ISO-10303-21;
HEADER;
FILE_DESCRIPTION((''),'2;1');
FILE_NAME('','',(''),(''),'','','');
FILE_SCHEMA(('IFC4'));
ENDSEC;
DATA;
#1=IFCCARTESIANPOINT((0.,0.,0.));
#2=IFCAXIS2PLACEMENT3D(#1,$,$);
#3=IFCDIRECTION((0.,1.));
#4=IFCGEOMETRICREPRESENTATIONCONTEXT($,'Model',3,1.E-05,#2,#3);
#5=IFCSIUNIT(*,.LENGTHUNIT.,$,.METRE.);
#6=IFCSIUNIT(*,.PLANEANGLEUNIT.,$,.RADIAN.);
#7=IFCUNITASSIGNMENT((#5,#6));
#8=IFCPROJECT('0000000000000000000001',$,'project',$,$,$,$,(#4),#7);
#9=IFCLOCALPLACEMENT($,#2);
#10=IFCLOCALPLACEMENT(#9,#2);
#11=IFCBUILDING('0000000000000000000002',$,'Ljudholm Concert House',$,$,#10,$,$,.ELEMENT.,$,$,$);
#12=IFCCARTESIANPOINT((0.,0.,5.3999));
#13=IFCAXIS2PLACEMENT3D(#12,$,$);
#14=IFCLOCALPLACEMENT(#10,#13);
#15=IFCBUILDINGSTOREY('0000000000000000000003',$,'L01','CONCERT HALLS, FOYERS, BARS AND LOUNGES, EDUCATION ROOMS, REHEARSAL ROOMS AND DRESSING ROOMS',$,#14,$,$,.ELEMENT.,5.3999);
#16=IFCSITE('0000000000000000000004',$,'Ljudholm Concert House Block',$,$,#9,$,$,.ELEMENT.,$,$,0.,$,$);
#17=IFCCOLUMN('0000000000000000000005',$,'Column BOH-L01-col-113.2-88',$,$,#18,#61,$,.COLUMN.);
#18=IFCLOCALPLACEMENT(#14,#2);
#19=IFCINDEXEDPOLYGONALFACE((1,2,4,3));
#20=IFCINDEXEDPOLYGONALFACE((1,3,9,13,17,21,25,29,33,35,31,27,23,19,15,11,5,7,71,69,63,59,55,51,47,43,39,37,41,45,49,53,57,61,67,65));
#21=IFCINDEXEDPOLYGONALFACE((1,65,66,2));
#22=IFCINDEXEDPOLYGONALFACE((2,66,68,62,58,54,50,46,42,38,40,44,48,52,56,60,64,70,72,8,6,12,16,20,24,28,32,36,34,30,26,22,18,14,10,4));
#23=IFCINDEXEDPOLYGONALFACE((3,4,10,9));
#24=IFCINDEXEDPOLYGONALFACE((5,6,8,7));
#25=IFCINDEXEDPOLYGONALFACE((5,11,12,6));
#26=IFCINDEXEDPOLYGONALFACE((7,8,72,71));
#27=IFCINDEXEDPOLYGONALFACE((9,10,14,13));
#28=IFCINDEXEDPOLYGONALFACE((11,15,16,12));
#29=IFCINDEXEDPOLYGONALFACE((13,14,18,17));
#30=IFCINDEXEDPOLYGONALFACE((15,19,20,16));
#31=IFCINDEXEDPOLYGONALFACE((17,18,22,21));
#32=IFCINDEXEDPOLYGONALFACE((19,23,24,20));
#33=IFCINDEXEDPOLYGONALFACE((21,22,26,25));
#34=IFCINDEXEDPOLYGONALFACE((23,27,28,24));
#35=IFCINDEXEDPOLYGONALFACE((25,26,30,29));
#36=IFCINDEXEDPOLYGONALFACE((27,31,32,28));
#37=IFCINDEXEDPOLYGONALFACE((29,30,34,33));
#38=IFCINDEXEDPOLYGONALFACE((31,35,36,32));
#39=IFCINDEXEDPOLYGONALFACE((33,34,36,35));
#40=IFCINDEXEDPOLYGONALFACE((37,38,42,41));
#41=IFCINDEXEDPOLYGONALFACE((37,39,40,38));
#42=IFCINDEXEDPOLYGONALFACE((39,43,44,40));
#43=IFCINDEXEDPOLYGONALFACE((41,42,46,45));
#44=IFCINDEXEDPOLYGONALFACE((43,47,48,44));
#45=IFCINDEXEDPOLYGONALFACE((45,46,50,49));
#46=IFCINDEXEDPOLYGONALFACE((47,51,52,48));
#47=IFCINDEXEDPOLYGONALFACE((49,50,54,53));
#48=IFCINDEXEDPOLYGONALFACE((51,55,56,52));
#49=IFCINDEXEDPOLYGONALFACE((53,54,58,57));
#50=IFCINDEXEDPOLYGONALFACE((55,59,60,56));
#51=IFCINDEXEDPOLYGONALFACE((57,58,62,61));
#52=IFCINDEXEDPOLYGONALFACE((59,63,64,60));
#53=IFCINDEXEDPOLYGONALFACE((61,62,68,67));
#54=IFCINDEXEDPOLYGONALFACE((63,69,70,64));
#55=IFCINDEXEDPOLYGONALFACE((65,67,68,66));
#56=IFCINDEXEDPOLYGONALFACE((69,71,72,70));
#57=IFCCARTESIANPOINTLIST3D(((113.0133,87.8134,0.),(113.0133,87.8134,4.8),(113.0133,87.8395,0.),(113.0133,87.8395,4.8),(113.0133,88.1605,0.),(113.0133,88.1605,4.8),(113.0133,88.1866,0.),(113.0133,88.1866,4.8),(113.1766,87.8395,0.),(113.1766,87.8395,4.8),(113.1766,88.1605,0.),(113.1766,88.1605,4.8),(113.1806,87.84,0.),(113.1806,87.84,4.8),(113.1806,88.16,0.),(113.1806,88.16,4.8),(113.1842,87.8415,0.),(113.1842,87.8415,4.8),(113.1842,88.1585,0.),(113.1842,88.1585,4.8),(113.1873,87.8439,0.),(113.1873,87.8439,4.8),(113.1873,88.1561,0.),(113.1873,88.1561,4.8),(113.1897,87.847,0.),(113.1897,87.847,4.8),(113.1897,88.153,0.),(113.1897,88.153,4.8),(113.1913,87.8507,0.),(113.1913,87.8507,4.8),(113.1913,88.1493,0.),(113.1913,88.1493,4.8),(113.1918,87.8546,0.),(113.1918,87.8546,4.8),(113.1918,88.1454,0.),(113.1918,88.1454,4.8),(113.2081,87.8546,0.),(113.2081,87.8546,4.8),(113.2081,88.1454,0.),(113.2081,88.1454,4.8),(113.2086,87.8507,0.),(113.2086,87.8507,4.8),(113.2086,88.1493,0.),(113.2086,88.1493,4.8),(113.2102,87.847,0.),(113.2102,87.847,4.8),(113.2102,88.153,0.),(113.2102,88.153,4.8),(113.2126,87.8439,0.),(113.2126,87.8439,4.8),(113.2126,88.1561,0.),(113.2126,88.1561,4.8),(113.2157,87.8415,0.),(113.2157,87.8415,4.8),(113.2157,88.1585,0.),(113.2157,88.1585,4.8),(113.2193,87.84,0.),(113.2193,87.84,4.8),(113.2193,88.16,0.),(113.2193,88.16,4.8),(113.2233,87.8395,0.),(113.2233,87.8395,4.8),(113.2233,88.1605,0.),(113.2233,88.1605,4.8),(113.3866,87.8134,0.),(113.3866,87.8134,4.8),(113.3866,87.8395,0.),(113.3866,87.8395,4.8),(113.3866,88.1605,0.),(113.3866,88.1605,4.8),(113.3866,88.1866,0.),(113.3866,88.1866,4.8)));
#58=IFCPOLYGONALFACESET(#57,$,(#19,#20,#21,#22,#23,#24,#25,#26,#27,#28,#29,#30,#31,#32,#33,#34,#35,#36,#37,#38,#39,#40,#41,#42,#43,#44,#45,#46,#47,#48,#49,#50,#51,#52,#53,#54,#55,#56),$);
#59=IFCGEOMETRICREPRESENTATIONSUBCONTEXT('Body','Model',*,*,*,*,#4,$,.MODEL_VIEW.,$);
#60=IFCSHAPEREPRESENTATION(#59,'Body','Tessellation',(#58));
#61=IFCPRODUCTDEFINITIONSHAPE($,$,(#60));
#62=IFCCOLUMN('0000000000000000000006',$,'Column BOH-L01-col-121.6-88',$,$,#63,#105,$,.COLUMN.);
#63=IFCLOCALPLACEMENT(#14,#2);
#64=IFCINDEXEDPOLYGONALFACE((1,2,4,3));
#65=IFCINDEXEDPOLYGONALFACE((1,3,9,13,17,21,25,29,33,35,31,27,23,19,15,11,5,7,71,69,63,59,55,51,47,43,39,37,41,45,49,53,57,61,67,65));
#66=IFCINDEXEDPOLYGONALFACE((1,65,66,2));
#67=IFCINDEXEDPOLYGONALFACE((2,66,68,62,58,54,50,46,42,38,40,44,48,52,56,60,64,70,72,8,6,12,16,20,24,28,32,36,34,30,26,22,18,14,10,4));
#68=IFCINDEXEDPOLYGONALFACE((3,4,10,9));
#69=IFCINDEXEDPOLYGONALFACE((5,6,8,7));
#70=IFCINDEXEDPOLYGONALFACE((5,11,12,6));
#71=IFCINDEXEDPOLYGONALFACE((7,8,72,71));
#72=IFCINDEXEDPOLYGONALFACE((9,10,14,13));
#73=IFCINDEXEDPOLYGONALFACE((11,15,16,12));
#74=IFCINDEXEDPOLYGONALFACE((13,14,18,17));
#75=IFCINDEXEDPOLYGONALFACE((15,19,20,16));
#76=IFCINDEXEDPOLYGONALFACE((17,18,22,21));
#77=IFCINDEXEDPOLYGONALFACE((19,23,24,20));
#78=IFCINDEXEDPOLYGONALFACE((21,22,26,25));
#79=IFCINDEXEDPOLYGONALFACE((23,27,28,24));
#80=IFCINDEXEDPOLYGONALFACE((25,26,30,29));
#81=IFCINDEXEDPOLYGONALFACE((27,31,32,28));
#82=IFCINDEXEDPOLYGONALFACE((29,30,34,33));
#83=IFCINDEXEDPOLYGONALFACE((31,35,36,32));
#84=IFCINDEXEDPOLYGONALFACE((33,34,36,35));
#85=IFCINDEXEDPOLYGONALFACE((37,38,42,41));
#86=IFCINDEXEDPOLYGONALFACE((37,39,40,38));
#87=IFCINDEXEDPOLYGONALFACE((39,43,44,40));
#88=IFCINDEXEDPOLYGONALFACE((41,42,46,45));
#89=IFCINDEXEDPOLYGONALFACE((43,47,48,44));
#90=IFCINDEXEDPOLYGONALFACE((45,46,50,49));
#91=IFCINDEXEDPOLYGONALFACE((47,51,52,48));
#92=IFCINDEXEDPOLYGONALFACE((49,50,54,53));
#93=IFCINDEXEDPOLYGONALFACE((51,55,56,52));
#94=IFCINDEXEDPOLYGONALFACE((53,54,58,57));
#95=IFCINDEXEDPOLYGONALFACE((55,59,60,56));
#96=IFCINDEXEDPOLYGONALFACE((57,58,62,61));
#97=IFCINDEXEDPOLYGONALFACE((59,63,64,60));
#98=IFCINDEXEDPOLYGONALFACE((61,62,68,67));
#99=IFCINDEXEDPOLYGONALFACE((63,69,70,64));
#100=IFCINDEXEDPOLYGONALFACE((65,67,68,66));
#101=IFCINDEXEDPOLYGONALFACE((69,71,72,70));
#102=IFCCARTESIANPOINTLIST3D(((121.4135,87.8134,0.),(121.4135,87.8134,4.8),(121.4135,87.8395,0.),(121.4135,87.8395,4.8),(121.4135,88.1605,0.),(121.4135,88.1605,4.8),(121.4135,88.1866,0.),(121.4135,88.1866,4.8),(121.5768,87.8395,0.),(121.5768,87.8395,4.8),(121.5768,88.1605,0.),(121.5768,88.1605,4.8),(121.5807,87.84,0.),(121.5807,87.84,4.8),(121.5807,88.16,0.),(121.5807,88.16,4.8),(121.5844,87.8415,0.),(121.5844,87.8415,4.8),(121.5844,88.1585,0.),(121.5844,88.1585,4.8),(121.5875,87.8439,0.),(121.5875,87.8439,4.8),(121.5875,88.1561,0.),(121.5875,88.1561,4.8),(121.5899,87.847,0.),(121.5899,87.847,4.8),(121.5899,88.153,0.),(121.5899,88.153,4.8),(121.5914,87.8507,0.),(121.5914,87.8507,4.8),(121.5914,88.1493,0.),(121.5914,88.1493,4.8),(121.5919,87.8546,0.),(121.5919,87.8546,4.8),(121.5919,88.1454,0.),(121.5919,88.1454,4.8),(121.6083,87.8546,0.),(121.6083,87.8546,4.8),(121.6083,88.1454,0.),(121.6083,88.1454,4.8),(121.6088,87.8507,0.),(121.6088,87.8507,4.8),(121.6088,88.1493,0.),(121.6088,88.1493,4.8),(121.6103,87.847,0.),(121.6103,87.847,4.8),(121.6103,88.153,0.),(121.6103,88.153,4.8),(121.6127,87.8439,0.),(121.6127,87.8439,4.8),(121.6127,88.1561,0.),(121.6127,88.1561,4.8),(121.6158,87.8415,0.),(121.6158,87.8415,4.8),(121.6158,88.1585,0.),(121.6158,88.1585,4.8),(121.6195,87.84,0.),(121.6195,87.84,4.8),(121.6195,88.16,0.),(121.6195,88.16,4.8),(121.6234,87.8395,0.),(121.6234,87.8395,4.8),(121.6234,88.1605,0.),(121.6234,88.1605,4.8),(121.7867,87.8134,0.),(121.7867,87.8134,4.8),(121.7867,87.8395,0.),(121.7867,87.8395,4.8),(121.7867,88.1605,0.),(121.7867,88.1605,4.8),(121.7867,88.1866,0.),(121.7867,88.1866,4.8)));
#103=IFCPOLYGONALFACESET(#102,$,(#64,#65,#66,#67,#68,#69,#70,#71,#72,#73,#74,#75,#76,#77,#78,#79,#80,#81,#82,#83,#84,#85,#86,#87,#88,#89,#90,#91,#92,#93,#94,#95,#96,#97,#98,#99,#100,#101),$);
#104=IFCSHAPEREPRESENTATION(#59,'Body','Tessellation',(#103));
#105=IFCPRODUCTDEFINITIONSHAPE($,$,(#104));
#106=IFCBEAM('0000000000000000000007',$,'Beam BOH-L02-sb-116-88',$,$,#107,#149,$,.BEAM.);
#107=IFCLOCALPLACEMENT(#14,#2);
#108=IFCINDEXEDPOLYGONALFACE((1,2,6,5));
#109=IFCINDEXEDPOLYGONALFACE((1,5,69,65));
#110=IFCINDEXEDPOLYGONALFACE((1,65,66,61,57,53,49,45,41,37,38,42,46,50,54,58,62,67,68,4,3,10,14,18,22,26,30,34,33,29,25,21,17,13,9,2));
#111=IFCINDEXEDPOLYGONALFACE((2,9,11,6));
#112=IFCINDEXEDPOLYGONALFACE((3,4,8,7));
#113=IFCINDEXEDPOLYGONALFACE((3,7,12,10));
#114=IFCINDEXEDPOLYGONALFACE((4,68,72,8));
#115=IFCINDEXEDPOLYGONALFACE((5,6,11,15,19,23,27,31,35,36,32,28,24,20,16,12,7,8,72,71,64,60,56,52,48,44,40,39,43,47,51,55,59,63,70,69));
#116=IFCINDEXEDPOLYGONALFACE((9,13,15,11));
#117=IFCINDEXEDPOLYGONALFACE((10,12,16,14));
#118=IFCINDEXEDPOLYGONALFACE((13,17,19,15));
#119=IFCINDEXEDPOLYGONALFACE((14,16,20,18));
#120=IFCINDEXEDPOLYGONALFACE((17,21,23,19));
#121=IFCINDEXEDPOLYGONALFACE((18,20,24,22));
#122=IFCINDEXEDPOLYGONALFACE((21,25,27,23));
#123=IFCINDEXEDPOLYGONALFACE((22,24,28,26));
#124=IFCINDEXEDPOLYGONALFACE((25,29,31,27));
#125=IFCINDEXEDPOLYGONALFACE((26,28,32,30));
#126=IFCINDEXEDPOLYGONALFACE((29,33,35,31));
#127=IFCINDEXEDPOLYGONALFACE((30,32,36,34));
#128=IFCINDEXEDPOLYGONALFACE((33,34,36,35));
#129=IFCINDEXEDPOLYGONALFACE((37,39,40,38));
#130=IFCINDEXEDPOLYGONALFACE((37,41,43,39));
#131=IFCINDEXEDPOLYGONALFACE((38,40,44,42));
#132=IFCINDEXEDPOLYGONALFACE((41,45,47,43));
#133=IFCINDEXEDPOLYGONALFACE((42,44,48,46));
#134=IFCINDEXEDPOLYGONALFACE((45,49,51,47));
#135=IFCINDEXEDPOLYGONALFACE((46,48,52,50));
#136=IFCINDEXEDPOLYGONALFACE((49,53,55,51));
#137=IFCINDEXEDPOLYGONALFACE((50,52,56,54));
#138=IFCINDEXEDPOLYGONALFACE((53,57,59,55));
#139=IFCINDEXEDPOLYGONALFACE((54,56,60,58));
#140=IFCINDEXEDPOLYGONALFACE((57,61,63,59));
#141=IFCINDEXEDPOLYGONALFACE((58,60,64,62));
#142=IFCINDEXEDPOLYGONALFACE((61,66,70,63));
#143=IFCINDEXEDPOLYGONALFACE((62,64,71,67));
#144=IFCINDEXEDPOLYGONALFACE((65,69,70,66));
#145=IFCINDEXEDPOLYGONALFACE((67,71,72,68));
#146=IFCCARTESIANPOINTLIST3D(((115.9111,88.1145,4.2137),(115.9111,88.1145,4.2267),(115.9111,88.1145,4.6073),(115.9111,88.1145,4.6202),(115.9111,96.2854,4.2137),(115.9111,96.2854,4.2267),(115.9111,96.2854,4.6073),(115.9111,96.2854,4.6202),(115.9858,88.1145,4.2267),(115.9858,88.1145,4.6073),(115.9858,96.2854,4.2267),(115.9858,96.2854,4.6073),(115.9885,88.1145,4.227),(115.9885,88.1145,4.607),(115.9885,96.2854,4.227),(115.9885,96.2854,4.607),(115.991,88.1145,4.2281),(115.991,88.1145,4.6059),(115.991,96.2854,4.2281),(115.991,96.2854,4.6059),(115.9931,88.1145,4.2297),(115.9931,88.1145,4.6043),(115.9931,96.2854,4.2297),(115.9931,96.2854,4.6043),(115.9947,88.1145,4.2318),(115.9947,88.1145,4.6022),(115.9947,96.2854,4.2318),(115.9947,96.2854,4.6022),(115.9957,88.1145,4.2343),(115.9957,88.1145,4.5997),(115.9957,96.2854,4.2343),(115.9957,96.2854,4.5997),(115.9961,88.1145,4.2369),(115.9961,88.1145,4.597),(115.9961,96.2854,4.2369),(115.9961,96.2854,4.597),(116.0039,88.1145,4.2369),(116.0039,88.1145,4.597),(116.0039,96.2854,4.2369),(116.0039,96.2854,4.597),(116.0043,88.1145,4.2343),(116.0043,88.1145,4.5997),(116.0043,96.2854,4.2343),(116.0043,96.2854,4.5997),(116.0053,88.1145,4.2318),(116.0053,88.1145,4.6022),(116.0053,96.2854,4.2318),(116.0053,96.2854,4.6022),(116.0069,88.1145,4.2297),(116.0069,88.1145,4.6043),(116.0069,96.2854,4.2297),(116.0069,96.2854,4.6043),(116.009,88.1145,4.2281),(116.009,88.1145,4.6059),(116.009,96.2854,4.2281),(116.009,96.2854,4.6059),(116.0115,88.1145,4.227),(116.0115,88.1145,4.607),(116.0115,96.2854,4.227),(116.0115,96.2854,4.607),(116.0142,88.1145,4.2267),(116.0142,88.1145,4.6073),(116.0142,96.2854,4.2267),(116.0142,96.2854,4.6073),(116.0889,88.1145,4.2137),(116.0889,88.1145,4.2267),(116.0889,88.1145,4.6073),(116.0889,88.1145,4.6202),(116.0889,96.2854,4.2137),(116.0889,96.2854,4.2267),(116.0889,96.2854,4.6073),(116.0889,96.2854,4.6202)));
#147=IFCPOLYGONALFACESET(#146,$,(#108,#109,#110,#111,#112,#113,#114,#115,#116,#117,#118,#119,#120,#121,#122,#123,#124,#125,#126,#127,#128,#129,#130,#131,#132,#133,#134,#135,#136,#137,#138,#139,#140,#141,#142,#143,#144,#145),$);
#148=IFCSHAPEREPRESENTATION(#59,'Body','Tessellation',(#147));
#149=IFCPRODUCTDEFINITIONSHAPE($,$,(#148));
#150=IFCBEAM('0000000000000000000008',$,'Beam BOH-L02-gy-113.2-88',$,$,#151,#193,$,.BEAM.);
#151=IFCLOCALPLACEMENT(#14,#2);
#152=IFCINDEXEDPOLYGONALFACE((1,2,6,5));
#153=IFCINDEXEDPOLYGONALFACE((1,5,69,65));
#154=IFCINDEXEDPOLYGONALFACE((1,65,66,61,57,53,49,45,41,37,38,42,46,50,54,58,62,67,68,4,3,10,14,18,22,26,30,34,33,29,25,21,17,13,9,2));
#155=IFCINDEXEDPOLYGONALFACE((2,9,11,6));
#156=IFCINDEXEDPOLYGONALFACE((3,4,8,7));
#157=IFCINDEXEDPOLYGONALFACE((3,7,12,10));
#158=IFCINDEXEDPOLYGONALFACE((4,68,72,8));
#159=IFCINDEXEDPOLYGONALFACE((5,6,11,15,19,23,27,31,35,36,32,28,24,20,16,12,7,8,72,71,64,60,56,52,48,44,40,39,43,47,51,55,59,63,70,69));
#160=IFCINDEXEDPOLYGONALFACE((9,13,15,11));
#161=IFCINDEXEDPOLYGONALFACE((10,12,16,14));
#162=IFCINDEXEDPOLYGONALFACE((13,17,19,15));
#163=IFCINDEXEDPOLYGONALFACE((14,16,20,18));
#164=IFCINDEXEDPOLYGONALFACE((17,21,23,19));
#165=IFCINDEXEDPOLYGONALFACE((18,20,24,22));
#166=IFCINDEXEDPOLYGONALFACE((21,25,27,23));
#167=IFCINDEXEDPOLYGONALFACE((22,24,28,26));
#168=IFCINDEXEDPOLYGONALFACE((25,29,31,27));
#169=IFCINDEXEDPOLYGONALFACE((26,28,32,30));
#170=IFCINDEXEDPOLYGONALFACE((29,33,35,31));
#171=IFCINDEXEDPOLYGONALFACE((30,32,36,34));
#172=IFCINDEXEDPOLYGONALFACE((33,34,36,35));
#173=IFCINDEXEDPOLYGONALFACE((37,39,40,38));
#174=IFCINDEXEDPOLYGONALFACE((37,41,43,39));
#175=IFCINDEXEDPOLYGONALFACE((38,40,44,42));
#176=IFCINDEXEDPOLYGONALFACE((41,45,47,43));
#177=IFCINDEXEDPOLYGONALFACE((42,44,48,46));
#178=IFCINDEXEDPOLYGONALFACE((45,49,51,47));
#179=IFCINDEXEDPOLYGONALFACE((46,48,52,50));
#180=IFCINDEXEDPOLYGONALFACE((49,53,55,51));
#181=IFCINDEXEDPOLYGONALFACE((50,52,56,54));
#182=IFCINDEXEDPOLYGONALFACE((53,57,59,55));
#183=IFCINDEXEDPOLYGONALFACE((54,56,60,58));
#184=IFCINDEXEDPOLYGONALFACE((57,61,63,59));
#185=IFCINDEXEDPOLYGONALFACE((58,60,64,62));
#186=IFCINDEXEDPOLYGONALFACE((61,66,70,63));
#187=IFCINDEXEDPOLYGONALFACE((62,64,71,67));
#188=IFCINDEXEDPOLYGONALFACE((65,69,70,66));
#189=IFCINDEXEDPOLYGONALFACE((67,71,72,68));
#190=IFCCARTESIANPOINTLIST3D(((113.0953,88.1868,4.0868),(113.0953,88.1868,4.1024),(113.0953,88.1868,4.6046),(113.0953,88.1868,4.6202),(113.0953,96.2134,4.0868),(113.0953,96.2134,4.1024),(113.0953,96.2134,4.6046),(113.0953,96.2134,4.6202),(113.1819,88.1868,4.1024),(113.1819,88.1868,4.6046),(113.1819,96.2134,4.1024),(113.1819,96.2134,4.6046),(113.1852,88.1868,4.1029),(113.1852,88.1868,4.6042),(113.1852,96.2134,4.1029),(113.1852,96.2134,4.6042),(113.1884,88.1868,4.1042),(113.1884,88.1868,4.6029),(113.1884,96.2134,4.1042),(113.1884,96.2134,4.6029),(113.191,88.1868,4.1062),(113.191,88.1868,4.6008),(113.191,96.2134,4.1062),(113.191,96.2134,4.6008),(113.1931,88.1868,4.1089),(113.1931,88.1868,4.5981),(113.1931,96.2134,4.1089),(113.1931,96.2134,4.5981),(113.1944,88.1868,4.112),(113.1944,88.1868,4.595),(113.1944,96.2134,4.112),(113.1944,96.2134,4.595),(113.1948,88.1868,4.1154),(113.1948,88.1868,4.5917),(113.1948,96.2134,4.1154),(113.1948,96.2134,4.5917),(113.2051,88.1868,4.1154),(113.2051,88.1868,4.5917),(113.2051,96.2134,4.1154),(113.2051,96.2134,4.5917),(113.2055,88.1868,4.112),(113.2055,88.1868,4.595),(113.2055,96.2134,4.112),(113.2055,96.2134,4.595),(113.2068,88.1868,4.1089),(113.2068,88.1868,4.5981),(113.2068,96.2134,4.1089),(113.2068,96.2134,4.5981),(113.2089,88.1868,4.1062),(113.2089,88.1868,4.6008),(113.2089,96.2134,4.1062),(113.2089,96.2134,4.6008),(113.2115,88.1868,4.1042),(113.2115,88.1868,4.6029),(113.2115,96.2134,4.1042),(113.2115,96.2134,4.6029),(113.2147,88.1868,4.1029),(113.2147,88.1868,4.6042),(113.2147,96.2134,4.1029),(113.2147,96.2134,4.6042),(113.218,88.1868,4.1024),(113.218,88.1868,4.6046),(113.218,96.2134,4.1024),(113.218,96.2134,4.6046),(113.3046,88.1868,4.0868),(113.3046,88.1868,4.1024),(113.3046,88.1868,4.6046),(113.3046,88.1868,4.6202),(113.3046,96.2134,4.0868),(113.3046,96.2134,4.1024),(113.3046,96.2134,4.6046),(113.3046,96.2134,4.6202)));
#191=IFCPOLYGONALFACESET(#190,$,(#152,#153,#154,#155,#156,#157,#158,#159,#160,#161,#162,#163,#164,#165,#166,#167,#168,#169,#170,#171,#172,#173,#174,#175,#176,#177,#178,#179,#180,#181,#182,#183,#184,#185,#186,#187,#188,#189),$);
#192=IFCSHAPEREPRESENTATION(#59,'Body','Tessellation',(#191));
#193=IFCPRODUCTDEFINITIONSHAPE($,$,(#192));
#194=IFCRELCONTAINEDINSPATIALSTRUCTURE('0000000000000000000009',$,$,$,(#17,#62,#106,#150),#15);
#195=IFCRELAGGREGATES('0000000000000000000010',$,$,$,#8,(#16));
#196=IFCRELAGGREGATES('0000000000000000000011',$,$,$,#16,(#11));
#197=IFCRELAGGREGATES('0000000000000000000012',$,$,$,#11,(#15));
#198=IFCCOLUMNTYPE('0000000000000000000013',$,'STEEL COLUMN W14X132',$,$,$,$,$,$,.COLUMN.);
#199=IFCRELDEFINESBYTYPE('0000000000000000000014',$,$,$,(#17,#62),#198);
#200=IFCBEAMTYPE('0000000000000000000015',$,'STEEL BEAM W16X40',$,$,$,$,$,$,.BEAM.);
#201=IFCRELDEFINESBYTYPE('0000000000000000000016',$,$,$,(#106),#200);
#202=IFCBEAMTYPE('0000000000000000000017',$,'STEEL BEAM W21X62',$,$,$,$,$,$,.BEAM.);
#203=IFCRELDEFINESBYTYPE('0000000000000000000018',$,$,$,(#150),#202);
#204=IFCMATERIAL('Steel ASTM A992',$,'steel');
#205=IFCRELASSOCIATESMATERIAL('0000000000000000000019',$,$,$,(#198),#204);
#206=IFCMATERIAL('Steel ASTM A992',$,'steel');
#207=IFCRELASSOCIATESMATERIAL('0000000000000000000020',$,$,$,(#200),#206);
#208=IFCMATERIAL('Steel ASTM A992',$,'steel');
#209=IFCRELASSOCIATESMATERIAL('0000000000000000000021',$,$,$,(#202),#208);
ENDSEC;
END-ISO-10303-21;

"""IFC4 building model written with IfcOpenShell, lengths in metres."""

from ifc_helpers import new_model, si_unit, direction, frame, origin, origin_2d, place, context, subcontext, project, spatial, i_section, extrude, material, material_profile, profile_set, type_object, element, save


model = new_model("IFC4")

# Units and contexts
model_context = context("Model", 3, precision=1e-05, world=origin(), true_north=direction((0.0, 1.0)))
body_context = subcontext(model_context, "Body", "Model", "MODEL_VIEW")
ifc_project = project(units=[si_unit("LENGTHUNIT", "METRE"), si_unit("PLANEANGLEUNIT", "RADIAN")], contexts=[model_context])

# Site, building, storey
site_placement = place(None, origin())
site = spatial("IfcSite", under=ifc_project, at=site_placement, Name="Ljudholm Concert House Block", CompositionType="ELEMENT", RefElevation=0.0)
building_placement = place(site_placement, origin())
building = spatial("IfcBuilding", under=site, at=building_placement, Name="Ljudholm Concert House", CompositionType="ELEMENT")
storey_placement = place(building_placement, frame((0.0, 0.0, 5.3999)))
storey = spatial("IfcBuildingStorey", under=building, at=storey_placement, Name="L01", Description="CONCERT HALLS, FOYERS, BARS AND LOUNGES, EDUCATION ROOMS, REHEARSAL ROOMS AND DRESSING ROOMS", CompositionType="ELEMENT", Elevation=5.3999)

# Columns
ifc_material_1 = material(Name="Steel ASTM A992", Category="steel")
ifc_material_profile_1 = material_profile(ifc_material_1, i_section(OverallWidth=0.3733, OverallDepth=0.3733, WebThickness=0.0164, FlangeThickness=0.0261, FilletRadius=0.0151, at=origin_2d()), Name="W14X132")
ifc_profile_set_1 = profile_set([ifc_material_profile_1], Name="Steel ASTM A992")
column_type = type_object("IfcColumnType", Name="STEEL COLUMN W14X132", PredefinedType="COLUMN", material=ifc_profile_set_1)
for number, where, z_axis, x_axis, name in (
    (1, (113.2, 88.0, 0.0), (0.0, 0.0, 1.0), (1.0, 0.0, 0.0), "Column BOH-L01-col-113.2-88"),
    (2, (121.6001, 88.0, 0.0), (0.0, 0.0, 1.0), (1.0, 0.0, 0.0), "Column BOH-L01-col-121.6-88"),
):
    element("IfcColumn", number, at=place(storey_placement, frame(where, z_axis=z_axis, x_axis=x_axis)), inside=storey, type_object=column_type, Name=name, PredefinedType="COLUMN", context=body_context, shape_type="SweptSolid", body=[
        extrude(i_section(OverallWidth=0.3733, OverallDepth=0.3733, WebThickness=0.0164, FlangeThickness=0.0261, FilletRadius=0.0151, at=origin_2d()), origin(), (0.0, 0.0, 1.0), 4.8),
    ])

# Beams
ifc_material_2 = material(Name="Steel ASTM A992", Category="steel")
ifc_material_profile_2 = material_profile(ifc_material_2, i_section(OverallWidth=0.1777, OverallDepth=0.4065, WebThickness=0.0078, FlangeThickness=0.0129, FilletRadius=0.0103, at=origin_2d()), Name="W16X40")
ifc_profile_set_2 = profile_set([ifc_material_profile_2], Name="Steel ASTM A992")
beam_type_1 = type_object("IfcBeamType", Name="STEEL BEAM W16X40", PredefinedType="BEAM", material=ifc_profile_set_2)
beam_1_placement = place(storey_placement, frame((116.0, 88.1145, 4.417), z_axis=(0.0, 1.0, 0.0), x_axis=(-1.0, 0.0, 0.0)))
element("IfcBeam", 3, at=beam_1_placement, inside=storey, type_object=beam_type_1, Name="Beam BOH-L02-sb-116-88", PredefinedType="BEAM", context=body_context, shape_type="SweptSolid", body=[
    extrude(i_section(OverallWidth=0.1777, OverallDepth=0.4065, WebThickness=0.0078, FlangeThickness=0.0129, FilletRadius=0.0103, at=origin_2d()), origin(), (0.0, 0.0, 1.0), 8.1709),
])
ifc_material_3 = material(Name="Steel ASTM A992", Category="steel")
ifc_material_profile_3 = material_profile(ifc_material_3, i_section(OverallWidth=0.2092, OverallDepth=0.5334, WebThickness=0.0103, FlangeThickness=0.0156, FilletRadius=0.0129, at=origin_2d()), Name="W21X62")
ifc_profile_set_3 = profile_set([ifc_material_profile_3], Name="Steel ASTM A992")
beam_type_2 = type_object("IfcBeamType", Name="STEEL BEAM W21X62", PredefinedType="BEAM", material=ifc_profile_set_3)
for number, where, z_axis, x_axis, name in (
    (4, (113.2, 88.1868, 4.3535), (0.0, 1.0, 0.0), (-1.0, 0.0, 0.0), "Beam BOH-L02-gy-113.2-88"),
):
    element("IfcBeam", number, at=place(storey_placement, frame(where, z_axis=z_axis, x_axis=x_axis)), inside=storey, type_object=beam_type_2, Name=name, PredefinedType="BEAM", context=body_context, shape_type="SweptSolid", body=[
        extrude(i_section(OverallWidth=0.2092, OverallDepth=0.5334, WebThickness=0.0103, FlangeThickness=0.0156, FilletRadius=0.0129, at=origin_2d()), origin(), (0.0, 0.0, 1.0), 8.0266),
    ])

save(model, "model.ifc")
